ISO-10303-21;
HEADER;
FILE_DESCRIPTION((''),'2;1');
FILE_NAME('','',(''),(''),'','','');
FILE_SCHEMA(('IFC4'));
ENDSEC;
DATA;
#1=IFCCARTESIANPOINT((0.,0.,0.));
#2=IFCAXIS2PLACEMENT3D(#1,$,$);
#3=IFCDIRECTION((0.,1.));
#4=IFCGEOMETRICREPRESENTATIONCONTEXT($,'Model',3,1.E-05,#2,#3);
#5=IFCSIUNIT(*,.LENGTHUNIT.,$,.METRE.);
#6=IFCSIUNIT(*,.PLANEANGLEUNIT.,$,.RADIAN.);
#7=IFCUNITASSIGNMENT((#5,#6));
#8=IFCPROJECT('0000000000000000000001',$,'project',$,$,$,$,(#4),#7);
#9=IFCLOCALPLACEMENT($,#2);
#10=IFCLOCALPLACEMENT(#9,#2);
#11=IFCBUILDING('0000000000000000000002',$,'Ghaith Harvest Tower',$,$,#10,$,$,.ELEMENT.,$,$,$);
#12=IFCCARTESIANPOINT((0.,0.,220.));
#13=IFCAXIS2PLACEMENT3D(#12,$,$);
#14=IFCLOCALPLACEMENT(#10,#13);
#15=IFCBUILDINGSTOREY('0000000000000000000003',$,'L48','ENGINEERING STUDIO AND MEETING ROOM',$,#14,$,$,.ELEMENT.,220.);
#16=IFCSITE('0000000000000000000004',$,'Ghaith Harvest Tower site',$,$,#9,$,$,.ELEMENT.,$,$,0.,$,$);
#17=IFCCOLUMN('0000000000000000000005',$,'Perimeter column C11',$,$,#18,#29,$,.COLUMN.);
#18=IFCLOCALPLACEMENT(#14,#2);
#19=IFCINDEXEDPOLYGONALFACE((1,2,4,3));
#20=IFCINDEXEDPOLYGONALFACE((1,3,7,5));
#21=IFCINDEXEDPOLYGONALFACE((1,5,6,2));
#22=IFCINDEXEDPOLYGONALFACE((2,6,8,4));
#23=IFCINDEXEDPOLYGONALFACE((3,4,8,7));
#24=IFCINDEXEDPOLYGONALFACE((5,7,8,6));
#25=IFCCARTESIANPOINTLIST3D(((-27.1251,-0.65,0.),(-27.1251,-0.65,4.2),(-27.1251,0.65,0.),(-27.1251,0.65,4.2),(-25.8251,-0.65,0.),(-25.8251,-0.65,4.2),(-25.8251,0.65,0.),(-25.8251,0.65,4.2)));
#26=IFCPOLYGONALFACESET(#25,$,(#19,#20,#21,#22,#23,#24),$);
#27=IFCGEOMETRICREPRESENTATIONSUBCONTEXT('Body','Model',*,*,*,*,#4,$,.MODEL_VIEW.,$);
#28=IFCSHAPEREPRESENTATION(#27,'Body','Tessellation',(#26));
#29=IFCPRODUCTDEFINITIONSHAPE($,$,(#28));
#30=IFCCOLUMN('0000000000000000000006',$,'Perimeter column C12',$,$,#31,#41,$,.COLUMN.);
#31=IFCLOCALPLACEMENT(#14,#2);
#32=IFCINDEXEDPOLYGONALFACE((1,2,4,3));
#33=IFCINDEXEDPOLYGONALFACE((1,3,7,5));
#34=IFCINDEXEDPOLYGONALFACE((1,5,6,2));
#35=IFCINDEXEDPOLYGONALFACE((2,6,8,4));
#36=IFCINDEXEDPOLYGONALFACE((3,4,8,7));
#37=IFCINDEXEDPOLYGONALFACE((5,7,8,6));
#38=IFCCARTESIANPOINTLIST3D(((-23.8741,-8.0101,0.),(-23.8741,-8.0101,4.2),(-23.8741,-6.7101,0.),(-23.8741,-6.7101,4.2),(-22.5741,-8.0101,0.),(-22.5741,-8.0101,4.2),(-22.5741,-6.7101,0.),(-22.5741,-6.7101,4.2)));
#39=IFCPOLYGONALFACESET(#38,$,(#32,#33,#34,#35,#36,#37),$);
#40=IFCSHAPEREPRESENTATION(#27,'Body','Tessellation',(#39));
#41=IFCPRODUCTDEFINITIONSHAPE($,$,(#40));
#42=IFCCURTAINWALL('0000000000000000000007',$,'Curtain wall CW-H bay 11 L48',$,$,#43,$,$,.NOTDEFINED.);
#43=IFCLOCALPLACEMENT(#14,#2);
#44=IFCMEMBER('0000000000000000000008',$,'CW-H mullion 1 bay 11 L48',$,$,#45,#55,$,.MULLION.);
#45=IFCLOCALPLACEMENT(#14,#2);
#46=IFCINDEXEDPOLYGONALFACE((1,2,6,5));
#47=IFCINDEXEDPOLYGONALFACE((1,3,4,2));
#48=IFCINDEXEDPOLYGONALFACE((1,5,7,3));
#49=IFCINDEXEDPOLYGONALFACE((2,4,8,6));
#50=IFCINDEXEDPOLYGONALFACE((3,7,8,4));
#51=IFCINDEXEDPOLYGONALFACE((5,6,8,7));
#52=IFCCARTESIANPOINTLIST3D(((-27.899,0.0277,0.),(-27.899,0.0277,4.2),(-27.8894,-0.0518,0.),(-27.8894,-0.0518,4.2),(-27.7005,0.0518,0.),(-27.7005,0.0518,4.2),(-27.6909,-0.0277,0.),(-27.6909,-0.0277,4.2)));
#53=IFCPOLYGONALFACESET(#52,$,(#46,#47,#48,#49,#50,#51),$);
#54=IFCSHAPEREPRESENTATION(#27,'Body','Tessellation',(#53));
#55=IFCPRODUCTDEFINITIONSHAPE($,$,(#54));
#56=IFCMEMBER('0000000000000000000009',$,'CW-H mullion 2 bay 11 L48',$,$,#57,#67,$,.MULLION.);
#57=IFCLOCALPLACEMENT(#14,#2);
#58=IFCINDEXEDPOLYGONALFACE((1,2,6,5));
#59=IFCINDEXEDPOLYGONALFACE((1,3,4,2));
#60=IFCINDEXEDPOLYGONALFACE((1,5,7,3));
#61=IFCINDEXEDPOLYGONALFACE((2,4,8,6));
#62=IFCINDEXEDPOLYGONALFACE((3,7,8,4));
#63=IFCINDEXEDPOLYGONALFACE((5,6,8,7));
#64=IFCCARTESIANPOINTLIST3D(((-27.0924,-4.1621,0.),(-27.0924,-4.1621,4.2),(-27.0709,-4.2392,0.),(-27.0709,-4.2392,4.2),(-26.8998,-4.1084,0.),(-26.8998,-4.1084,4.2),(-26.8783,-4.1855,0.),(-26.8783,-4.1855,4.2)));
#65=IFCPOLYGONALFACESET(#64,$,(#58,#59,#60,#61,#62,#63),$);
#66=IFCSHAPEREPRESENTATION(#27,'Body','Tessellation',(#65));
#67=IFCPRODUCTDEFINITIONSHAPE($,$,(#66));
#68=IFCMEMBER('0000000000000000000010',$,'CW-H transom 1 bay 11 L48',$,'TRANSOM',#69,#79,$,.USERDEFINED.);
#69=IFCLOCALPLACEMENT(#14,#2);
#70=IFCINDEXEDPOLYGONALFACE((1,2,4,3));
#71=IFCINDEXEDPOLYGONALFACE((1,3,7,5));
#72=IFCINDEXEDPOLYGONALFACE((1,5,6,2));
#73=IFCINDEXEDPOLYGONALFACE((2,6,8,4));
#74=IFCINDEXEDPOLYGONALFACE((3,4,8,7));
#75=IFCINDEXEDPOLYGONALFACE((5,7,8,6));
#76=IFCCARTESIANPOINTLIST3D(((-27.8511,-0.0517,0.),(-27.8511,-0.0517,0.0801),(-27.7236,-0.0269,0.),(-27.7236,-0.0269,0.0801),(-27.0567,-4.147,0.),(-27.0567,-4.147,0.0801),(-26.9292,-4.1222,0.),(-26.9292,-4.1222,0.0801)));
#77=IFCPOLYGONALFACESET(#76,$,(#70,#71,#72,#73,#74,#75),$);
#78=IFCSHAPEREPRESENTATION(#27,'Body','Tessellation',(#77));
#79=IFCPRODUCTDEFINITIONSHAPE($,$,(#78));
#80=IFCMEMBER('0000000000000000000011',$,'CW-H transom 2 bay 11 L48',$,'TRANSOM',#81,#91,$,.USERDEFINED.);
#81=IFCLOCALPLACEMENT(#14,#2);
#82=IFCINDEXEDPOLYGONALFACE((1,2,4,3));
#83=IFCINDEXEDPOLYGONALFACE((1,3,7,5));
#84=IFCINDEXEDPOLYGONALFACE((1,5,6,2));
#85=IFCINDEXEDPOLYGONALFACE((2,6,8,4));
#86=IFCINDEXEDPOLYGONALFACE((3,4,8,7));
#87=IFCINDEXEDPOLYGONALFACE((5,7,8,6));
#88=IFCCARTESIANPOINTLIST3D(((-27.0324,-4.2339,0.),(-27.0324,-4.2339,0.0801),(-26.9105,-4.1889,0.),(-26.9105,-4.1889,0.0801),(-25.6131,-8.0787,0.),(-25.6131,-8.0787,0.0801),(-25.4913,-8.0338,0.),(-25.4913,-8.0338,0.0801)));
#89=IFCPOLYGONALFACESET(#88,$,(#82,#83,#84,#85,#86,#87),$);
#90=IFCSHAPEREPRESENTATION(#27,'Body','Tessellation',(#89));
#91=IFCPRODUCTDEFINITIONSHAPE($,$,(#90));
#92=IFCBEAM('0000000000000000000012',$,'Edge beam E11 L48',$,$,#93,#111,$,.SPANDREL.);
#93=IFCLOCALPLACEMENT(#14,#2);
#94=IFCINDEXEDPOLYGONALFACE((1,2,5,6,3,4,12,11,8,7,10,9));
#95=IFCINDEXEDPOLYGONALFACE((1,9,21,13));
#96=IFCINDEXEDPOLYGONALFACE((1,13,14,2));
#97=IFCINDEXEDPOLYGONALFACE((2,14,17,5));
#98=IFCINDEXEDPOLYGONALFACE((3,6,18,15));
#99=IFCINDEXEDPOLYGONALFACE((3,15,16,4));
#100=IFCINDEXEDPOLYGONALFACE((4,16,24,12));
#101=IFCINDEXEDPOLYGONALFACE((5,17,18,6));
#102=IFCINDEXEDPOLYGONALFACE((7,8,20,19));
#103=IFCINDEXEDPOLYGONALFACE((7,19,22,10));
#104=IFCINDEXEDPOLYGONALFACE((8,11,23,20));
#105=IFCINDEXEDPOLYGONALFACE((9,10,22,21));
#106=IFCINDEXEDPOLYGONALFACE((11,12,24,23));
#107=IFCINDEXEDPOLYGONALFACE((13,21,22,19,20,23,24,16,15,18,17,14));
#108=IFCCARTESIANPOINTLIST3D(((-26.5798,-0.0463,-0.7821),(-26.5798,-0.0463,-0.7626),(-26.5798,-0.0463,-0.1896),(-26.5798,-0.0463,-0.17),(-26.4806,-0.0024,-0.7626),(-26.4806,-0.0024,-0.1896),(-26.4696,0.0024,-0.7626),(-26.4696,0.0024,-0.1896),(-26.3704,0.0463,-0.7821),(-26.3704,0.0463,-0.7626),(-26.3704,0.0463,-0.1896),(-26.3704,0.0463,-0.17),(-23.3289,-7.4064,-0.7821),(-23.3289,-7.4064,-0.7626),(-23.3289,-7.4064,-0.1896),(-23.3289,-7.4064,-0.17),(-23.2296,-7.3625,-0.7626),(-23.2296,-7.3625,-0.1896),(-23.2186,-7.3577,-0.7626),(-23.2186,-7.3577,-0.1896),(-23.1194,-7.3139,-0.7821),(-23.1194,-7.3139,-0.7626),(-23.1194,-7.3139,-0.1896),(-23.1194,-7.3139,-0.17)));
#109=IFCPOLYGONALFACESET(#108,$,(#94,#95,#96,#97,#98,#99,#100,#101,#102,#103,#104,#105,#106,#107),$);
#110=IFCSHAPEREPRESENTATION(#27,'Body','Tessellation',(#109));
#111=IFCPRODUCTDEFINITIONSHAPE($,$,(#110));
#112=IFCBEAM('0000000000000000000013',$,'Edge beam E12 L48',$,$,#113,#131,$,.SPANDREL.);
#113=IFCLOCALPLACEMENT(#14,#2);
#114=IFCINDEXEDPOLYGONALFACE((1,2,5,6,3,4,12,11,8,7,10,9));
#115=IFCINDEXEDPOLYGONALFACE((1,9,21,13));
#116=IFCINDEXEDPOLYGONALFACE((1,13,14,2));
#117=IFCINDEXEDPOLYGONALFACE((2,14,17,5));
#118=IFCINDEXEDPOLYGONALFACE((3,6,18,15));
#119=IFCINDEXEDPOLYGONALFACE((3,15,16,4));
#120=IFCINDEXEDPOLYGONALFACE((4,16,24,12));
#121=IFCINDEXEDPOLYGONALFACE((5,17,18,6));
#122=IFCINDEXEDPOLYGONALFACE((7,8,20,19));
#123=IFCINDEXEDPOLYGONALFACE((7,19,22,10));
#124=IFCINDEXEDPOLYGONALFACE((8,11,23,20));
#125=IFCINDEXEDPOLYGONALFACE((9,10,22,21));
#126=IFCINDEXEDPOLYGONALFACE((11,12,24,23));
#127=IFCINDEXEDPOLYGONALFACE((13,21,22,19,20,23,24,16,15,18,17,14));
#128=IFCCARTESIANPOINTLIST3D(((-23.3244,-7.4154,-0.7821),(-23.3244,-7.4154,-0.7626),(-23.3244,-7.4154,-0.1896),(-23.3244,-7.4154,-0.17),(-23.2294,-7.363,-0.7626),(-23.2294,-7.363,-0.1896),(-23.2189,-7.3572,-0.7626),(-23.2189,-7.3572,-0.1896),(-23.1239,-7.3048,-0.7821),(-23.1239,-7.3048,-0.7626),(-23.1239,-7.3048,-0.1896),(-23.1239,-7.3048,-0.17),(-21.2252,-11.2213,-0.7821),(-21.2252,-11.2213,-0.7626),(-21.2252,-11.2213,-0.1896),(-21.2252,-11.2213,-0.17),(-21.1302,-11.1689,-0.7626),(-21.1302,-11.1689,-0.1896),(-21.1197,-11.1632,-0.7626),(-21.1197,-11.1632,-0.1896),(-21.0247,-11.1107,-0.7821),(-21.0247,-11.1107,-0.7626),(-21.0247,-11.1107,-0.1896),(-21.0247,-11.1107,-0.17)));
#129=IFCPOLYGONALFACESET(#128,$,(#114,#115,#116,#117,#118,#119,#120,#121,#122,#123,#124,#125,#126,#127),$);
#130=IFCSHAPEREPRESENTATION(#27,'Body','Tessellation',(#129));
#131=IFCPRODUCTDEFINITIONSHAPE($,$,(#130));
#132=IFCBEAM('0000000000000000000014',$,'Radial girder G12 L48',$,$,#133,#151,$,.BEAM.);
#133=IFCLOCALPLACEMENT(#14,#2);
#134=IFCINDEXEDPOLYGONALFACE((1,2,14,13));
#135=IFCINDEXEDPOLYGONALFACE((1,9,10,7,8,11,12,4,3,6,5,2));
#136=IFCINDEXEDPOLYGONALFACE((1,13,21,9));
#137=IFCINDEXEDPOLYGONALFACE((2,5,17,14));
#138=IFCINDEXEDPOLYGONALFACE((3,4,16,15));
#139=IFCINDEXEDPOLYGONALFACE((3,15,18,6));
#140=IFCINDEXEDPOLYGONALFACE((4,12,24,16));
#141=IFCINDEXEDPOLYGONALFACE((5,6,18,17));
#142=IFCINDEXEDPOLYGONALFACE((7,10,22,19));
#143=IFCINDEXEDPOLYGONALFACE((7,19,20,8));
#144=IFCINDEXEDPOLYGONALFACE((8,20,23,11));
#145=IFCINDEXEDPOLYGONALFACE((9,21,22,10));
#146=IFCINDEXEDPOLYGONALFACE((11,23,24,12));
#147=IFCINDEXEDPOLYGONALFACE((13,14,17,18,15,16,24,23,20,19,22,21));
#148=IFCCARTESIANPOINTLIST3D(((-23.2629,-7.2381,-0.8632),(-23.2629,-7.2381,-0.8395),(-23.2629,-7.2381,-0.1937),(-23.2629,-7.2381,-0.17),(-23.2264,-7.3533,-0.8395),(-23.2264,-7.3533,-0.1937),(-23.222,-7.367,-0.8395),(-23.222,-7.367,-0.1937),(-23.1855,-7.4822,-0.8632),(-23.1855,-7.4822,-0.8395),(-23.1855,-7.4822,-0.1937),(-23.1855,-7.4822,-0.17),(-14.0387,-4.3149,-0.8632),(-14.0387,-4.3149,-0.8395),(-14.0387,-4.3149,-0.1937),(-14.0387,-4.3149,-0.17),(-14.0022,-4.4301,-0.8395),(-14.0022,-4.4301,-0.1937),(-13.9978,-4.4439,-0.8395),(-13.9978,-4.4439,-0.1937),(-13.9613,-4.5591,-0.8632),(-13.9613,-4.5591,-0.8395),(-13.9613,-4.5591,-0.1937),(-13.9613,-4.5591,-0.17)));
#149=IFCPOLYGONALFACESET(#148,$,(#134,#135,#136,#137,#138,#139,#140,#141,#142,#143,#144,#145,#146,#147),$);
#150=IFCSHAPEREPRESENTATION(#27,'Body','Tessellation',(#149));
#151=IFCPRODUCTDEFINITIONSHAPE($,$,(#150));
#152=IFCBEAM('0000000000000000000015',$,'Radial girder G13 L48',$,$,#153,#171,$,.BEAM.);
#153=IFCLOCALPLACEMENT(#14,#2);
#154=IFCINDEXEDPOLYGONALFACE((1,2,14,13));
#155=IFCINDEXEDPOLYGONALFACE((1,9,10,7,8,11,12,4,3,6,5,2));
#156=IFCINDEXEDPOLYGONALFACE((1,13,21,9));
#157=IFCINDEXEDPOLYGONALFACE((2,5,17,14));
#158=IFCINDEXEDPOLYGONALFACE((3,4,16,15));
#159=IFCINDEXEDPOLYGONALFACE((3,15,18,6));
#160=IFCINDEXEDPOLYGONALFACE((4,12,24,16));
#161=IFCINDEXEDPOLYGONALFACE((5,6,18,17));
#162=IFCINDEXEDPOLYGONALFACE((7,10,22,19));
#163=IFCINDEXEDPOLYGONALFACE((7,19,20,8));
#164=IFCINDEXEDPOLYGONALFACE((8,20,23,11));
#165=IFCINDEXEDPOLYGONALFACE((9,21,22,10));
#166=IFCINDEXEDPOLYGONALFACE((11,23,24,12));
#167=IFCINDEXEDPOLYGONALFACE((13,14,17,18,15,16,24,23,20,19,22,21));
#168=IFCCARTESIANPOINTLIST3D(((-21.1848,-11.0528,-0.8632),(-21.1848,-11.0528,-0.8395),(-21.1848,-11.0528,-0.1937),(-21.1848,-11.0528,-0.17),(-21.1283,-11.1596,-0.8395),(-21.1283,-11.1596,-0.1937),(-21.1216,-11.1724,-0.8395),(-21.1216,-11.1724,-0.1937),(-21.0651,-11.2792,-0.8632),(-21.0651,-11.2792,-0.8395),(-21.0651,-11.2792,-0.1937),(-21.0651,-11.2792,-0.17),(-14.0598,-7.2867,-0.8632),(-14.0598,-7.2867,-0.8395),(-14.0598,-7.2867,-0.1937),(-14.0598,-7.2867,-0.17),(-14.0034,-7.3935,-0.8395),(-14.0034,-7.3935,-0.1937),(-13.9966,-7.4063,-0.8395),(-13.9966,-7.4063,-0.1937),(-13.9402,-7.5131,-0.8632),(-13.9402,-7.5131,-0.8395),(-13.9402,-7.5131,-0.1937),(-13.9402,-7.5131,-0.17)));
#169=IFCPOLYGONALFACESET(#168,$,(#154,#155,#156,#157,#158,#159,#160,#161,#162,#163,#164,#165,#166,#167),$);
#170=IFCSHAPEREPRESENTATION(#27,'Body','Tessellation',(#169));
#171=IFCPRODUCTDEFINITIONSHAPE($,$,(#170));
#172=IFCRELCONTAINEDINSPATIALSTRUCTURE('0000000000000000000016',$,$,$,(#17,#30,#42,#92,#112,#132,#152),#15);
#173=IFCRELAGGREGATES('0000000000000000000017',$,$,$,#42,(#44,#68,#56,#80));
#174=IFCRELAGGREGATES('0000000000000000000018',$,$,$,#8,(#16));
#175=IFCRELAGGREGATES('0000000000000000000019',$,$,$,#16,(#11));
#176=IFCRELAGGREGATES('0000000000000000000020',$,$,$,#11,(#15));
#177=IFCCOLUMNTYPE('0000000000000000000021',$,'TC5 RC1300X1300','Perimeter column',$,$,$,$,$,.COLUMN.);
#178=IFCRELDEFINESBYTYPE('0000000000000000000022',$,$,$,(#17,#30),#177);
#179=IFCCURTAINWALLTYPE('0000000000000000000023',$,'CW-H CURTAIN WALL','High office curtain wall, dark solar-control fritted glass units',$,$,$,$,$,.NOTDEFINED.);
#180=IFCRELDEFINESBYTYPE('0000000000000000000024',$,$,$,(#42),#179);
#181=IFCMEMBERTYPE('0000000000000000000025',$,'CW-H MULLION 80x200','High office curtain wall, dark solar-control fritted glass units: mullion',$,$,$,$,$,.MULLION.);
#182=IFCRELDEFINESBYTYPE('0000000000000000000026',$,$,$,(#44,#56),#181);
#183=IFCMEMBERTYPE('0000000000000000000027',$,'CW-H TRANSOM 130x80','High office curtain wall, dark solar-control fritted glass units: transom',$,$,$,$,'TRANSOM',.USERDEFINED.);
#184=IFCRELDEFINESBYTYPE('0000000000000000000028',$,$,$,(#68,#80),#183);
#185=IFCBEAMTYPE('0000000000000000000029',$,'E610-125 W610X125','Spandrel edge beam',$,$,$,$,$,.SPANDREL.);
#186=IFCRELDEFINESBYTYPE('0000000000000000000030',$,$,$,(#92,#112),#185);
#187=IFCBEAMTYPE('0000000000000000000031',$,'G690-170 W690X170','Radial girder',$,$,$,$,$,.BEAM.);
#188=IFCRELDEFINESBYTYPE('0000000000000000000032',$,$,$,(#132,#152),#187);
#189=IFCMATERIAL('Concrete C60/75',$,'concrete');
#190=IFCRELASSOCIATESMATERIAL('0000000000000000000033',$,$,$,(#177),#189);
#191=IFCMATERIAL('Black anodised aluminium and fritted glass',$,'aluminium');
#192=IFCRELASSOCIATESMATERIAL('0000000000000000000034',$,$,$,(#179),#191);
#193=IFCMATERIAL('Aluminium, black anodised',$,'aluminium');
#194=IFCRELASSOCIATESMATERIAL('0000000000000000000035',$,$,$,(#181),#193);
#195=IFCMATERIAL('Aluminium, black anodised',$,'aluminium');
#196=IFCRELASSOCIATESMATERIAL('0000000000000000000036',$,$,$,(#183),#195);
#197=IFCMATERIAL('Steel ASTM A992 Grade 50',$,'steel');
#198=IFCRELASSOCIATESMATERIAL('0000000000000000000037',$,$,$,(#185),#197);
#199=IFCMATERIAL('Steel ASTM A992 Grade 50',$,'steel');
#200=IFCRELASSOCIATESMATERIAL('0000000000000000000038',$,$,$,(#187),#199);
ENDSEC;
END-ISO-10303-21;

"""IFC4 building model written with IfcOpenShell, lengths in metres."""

from ifc_helpers import new_model, si_unit, direction, frame, origin, origin_2d, place, context, subcontext, project, spatial, rectangle, i_section, extrude, material, material_profile, profile_set, type_object, element, aggregate, save


model = new_model("IFC4")

# Units and contexts
model_context = context("Model", 3, precision=1e-05, world=origin(), true_north=direction((0.0, 1.0)))
body_context = subcontext(model_context, "Body", "Model", "MODEL_VIEW")
ifc_project = project(units=[si_unit("LENGTHUNIT", "METRE"), si_unit("PLANEANGLEUNIT", "RADIAN")], contexts=[model_context])

# Site, building, storey
site_placement = place(None, origin())
site = spatial("IfcSite", under=ifc_project, at=site_placement, Name="Ghaith Harvest Tower site", CompositionType="ELEMENT", RefElevation=0.0)
building_placement = place(site_placement, origin())
building = spatial("IfcBuilding", under=site, at=building_placement, Name="Ghaith Harvest Tower", CompositionType="ELEMENT")
storey_placement = place(building_placement, frame((0.0, 0.0, 220.0)))
storey = spatial("IfcBuildingStorey", under=building, at=storey_placement, Name="L48", Description="ENGINEERING STUDIO AND MEETING ROOM", CompositionType="ELEMENT", Elevation=220.0)

# Columns
ifc_material_1 = material(Name="Concrete C60/75", Category="concrete")
ifc_material_profile_1 = material_profile(ifc_material_1, rectangle(XDim=1.3, YDim=1.3, at=origin_2d()), Name="RC1300X1300")
ifc_profile_set_1 = profile_set([ifc_material_profile_1], Name="Concrete C60/75")
column_type = type_object("IfcColumnType", Name="TC5 RC1300X1300", Description="Perimeter column", PredefinedType="COLUMN", material=ifc_profile_set_1)
for number, where, z_axis, x_axis, name in (
    (1, (-26.4751, 0.0, 0.0), (0.0, 0.0, 1.0), (1.0, 0.0, 0.0), "Perimeter column C11"),
    (2, (-23.2241, -7.3601, 0.0), (0.0, 0.0, 1.0), (1.0, 0.0, 0.0), "Perimeter column C12"),
):
    element("IfcColumn", number, at=place(storey_placement, frame(where, z_axis=z_axis, x_axis=x_axis)), inside=storey, type_object=column_type, Name=name, PredefinedType="COLUMN", context=body_context, shape_type="SweptSolid", body=[
        extrude(rectangle(XDim=1.3, YDim=1.3, at=origin_2d()), origin(), (0.0, 0.0, 1.0), 4.2),
    ])

# Curtain wall, members
ifc_material_2 = material(Name="Black anodised aluminium and fritted glass", Category="aluminium")
curtain_wall_type = type_object("IfcCurtainWallType", Name="CW-H CURTAIN WALL", Description="High office curtain wall, dark solar-control fritted glass units", PredefinedType="NOTDEFINED", material=ifc_material_2)
curtain_wall_placement = place(storey_placement, origin())
curtain_wall = element("IfcCurtainWall", 3, at=curtain_wall_placement, inside=storey, type_object=curtain_wall_type, Name="Curtain wall CW-H bay 11 L48", PredefinedType="NOTDEFINED")
ifc_material_3 = material(Name="Aluminium, black anodised", Category="aluminium")
ifc_material_profile_2 = material_profile(ifc_material_3, rectangle(XDim=0.0801, YDim=0.2, at=origin_2d()), Name="CW-H MULLION 80x200")
ifc_profile_set_2 = profile_set([ifc_material_profile_2], Name="Aluminium, black anodised")
member_type_1 = type_object("IfcMemberType", Name="CW-H MULLION 80x200", Description="High office curtain wall, dark solar-control fritted glass units: mullion", PredefinedType="MULLION", material=ifc_profile_set_2)
member_1_placement = place(storey_placement, frame((-27.7949, 0.0, 0.0), z_axis=(0.0, 0.0, 1.0), x_axis=(0.12025, -0.992744, 0.0)))
member_1 = element("IfcMember", 4, at=member_1_placement, type_object=member_type_1, Name="CW-H mullion 1 bay 11 L48", PredefinedType="MULLION", context=body_context, shape_type="SweptSolid", body=[
    extrude(rectangle(XDim=0.0801, YDim=0.2, at=origin_2d()), origin(), (0.0, 0.0, 1.0), 4.2),
])
member_2_placement = place(storey_placement, frame((-26.9854, -4.1738, 0.0), z_axis=(0.0, 0.0, 1.0), x_axis=(0.268569, -0.96326, 0.0)))
member_2 = element("IfcMember", 5, at=member_2_placement, type_object=member_type_1, Name="CW-H mullion 2 bay 11 L48", PredefinedType="MULLION", context=body_context, shape_type="SweptSolid", body=[
    extrude(rectangle(XDim=0.0801, YDim=0.2, at=origin_2d()), origin(), (0.0, 0.0, 1.0), 4.2),
])
ifc_material_4 = material(Name="Aluminium, black anodised", Category="aluminium")
ifc_material_profile_3 = material_profile(ifc_material_4, rectangle(XDim=0.1299, YDim=0.0801, at=origin_2d()), Name="CW-H TRANSOM 130x80")
ifc_profile_set_3 = profile_set([ifc_material_profile_3], Name="Aluminium, black anodised")
member_type_2 = type_object("IfcMemberType", Name="CW-H TRANSOM 130x80", Description="High office curtain wall, dark solar-control fritted glass units: transom", ElementType="TRANSOM", PredefinedType="USERDEFINED", material=ifc_profile_set_3)
member_3_placement = place(storey_placement, frame((-27.7874, -0.0393, 0.04), z_axis=(0.19044, -0.981699, 0.0), x_axis=(0.981699, 0.19044, 0.0)))
member_3 = element("IfcMember", 6, at=member_3_placement, type_object=member_type_2, Name="CW-H transom 1 bay 11 L48", ObjectType="TRANSOM", PredefinedType="USERDEFINED", context=body_context, shape_type="SweptSolid", body=[
    extrude(rectangle(XDim=0.1299, YDim=0.0801, at=origin_2d()), origin(), (0.0, 0.0, 1.0), 4.1716),
])
member_4_placement = place(storey_placement, frame((-26.9714, -4.2114, 0.04), z_axis=(0.346288, -0.938128, 0.0), x_axis=(0.938128, 0.346288, 0.0)))
member_4 = element("IfcMember", 7, at=member_4_placement, type_object=member_type_2, Name="CW-H transom 2 bay 11 L48", ObjectType="TRANSOM", PredefinedType="USERDEFINED", context=body_context, shape_type="SweptSolid", body=[
    extrude(rectangle(XDim=0.1299, YDim=0.0801, at=origin_2d()), origin(), (0.0, 0.0, 1.0), 4.0984),
])

# Beams
ifc_material_5 = material(Name="Steel ASTM A992 Grade 50", Category="steel")
ifc_material_profile_4 = material_profile(ifc_material_5, i_section(OverallWidth=0.229, OverallDepth=0.6121, WebThickness=0.012, FlangeThickness=0.0195, at=origin_2d()), Name="W610X125")
ifc_profile_set_4 = profile_set([ifc_material_profile_4], Name="Steel ASTM A992 Grade 50")
beam_type_1 = type_object("IfcBeamType", Name="E610-125 W610X125", Description="Spandrel edge beam", PredefinedType="SPANDREL", material=ifc_profile_set_4)
beam_1_placement = place(storey_placement, frame((-26.4751, 0.0, -0.4761), z_axis=(0.404043, -0.91474, 0.0), x_axis=(0.91474, 0.404043, 0.0)))
element("IfcBeam", 8, at=beam_1_placement, inside=storey, type_object=beam_type_1, Name="Edge beam E11 L48", PredefinedType="SPANDREL", context=body_context, shape_type="SweptSolid", body=[
    extrude(i_section(OverallWidth=0.229, OverallDepth=0.6121, WebThickness=0.012, FlangeThickness=0.0195, at=origin_2d()), origin(), (0.0, 0.0, 1.0), 8.0461),
])
beam_2_placement = place(storey_placement, frame((-23.2241, -7.3601, -0.4761), z_axis=(0.482956, -0.875645, 0.0), x_axis=(0.875645, 0.482956, 0.0)))
element("IfcBeam", 9, at=beam_2_placement, inside=storey, type_object=beam_type_1, Name="Edge beam E12 L48", PredefinedType="SPANDREL", context=body_context, shape_type="SweptSolid", body=[
    extrude(i_section(OverallWidth=0.229, OverallDepth=0.6121, WebThickness=0.012, FlangeThickness=0.0195, at=origin_2d()), origin(), (0.0, 0.0, 1.0), 4.3464),
])
ifc_material_6 = material(Name="Steel ASTM A992 Grade 50", Category="steel")
ifc_material_profile_5 = material_profile(ifc_material_6, i_section(OverallWidth=0.2561, OverallDepth=0.6931, WebThickness=0.0144, FlangeThickness=0.0237, at=origin_2d()), Name="W690X170")
ifc_profile_set_5 = profile_set([ifc_material_profile_5], Name="Steel ASTM A992 Grade 50")
beam_type_2 = type_object("IfcBeamType", Name="G690-170 W690X170", Description="Radial girder", PredefinedType="BEAM", material=ifc_profile_set_5)
beam_3_placement = place(storey_placement, frame((-14.0, -4.437, -0.5166), z_axis=(-0.953279, -0.302091, 0.0), x_axis=(0.302091, -0.953279, 0.0)))
element("IfcBeam", 10, at=beam_3_placement, inside=storey, type_object=beam_type_2, Name="Radial girder G12 L48", PredefinedType="BEAM", context=body_context, shape_type="SweptSolid", body=[
    extrude(i_section(OverallWidth=0.2561, OverallDepth=0.6931, WebThickness=0.0144, FlangeThickness=0.0237, at=origin_2d()), origin(), (0.0, 0.0, 1.0), 9.6763),
])
beam_4_placement = place(storey_placement, frame((-14.0, -7.3999, -0.5166), z_axis=(-0.884093, -0.467311, 0.0), x_axis=(0.467311, -0.884093, 0.0)))
element("IfcBeam", 11, at=beam_4_placement, inside=storey, type_object=beam_type_2, Name="Radial girder G13 L48", PredefinedType="BEAM", context=body_context, shape_type="SweptSolid", body=[
    extrude(i_section(OverallWidth=0.2561, OverallDepth=0.6931, WebThickness=0.0144, FlangeThickness=0.0237, at=origin_2d()), origin(), (0.0, 0.0, 1.0), 8.0591),
])

aggregate(curtain_wall, [member_1, member_3, member_2, member_4])

save(model, "model.ifc")
